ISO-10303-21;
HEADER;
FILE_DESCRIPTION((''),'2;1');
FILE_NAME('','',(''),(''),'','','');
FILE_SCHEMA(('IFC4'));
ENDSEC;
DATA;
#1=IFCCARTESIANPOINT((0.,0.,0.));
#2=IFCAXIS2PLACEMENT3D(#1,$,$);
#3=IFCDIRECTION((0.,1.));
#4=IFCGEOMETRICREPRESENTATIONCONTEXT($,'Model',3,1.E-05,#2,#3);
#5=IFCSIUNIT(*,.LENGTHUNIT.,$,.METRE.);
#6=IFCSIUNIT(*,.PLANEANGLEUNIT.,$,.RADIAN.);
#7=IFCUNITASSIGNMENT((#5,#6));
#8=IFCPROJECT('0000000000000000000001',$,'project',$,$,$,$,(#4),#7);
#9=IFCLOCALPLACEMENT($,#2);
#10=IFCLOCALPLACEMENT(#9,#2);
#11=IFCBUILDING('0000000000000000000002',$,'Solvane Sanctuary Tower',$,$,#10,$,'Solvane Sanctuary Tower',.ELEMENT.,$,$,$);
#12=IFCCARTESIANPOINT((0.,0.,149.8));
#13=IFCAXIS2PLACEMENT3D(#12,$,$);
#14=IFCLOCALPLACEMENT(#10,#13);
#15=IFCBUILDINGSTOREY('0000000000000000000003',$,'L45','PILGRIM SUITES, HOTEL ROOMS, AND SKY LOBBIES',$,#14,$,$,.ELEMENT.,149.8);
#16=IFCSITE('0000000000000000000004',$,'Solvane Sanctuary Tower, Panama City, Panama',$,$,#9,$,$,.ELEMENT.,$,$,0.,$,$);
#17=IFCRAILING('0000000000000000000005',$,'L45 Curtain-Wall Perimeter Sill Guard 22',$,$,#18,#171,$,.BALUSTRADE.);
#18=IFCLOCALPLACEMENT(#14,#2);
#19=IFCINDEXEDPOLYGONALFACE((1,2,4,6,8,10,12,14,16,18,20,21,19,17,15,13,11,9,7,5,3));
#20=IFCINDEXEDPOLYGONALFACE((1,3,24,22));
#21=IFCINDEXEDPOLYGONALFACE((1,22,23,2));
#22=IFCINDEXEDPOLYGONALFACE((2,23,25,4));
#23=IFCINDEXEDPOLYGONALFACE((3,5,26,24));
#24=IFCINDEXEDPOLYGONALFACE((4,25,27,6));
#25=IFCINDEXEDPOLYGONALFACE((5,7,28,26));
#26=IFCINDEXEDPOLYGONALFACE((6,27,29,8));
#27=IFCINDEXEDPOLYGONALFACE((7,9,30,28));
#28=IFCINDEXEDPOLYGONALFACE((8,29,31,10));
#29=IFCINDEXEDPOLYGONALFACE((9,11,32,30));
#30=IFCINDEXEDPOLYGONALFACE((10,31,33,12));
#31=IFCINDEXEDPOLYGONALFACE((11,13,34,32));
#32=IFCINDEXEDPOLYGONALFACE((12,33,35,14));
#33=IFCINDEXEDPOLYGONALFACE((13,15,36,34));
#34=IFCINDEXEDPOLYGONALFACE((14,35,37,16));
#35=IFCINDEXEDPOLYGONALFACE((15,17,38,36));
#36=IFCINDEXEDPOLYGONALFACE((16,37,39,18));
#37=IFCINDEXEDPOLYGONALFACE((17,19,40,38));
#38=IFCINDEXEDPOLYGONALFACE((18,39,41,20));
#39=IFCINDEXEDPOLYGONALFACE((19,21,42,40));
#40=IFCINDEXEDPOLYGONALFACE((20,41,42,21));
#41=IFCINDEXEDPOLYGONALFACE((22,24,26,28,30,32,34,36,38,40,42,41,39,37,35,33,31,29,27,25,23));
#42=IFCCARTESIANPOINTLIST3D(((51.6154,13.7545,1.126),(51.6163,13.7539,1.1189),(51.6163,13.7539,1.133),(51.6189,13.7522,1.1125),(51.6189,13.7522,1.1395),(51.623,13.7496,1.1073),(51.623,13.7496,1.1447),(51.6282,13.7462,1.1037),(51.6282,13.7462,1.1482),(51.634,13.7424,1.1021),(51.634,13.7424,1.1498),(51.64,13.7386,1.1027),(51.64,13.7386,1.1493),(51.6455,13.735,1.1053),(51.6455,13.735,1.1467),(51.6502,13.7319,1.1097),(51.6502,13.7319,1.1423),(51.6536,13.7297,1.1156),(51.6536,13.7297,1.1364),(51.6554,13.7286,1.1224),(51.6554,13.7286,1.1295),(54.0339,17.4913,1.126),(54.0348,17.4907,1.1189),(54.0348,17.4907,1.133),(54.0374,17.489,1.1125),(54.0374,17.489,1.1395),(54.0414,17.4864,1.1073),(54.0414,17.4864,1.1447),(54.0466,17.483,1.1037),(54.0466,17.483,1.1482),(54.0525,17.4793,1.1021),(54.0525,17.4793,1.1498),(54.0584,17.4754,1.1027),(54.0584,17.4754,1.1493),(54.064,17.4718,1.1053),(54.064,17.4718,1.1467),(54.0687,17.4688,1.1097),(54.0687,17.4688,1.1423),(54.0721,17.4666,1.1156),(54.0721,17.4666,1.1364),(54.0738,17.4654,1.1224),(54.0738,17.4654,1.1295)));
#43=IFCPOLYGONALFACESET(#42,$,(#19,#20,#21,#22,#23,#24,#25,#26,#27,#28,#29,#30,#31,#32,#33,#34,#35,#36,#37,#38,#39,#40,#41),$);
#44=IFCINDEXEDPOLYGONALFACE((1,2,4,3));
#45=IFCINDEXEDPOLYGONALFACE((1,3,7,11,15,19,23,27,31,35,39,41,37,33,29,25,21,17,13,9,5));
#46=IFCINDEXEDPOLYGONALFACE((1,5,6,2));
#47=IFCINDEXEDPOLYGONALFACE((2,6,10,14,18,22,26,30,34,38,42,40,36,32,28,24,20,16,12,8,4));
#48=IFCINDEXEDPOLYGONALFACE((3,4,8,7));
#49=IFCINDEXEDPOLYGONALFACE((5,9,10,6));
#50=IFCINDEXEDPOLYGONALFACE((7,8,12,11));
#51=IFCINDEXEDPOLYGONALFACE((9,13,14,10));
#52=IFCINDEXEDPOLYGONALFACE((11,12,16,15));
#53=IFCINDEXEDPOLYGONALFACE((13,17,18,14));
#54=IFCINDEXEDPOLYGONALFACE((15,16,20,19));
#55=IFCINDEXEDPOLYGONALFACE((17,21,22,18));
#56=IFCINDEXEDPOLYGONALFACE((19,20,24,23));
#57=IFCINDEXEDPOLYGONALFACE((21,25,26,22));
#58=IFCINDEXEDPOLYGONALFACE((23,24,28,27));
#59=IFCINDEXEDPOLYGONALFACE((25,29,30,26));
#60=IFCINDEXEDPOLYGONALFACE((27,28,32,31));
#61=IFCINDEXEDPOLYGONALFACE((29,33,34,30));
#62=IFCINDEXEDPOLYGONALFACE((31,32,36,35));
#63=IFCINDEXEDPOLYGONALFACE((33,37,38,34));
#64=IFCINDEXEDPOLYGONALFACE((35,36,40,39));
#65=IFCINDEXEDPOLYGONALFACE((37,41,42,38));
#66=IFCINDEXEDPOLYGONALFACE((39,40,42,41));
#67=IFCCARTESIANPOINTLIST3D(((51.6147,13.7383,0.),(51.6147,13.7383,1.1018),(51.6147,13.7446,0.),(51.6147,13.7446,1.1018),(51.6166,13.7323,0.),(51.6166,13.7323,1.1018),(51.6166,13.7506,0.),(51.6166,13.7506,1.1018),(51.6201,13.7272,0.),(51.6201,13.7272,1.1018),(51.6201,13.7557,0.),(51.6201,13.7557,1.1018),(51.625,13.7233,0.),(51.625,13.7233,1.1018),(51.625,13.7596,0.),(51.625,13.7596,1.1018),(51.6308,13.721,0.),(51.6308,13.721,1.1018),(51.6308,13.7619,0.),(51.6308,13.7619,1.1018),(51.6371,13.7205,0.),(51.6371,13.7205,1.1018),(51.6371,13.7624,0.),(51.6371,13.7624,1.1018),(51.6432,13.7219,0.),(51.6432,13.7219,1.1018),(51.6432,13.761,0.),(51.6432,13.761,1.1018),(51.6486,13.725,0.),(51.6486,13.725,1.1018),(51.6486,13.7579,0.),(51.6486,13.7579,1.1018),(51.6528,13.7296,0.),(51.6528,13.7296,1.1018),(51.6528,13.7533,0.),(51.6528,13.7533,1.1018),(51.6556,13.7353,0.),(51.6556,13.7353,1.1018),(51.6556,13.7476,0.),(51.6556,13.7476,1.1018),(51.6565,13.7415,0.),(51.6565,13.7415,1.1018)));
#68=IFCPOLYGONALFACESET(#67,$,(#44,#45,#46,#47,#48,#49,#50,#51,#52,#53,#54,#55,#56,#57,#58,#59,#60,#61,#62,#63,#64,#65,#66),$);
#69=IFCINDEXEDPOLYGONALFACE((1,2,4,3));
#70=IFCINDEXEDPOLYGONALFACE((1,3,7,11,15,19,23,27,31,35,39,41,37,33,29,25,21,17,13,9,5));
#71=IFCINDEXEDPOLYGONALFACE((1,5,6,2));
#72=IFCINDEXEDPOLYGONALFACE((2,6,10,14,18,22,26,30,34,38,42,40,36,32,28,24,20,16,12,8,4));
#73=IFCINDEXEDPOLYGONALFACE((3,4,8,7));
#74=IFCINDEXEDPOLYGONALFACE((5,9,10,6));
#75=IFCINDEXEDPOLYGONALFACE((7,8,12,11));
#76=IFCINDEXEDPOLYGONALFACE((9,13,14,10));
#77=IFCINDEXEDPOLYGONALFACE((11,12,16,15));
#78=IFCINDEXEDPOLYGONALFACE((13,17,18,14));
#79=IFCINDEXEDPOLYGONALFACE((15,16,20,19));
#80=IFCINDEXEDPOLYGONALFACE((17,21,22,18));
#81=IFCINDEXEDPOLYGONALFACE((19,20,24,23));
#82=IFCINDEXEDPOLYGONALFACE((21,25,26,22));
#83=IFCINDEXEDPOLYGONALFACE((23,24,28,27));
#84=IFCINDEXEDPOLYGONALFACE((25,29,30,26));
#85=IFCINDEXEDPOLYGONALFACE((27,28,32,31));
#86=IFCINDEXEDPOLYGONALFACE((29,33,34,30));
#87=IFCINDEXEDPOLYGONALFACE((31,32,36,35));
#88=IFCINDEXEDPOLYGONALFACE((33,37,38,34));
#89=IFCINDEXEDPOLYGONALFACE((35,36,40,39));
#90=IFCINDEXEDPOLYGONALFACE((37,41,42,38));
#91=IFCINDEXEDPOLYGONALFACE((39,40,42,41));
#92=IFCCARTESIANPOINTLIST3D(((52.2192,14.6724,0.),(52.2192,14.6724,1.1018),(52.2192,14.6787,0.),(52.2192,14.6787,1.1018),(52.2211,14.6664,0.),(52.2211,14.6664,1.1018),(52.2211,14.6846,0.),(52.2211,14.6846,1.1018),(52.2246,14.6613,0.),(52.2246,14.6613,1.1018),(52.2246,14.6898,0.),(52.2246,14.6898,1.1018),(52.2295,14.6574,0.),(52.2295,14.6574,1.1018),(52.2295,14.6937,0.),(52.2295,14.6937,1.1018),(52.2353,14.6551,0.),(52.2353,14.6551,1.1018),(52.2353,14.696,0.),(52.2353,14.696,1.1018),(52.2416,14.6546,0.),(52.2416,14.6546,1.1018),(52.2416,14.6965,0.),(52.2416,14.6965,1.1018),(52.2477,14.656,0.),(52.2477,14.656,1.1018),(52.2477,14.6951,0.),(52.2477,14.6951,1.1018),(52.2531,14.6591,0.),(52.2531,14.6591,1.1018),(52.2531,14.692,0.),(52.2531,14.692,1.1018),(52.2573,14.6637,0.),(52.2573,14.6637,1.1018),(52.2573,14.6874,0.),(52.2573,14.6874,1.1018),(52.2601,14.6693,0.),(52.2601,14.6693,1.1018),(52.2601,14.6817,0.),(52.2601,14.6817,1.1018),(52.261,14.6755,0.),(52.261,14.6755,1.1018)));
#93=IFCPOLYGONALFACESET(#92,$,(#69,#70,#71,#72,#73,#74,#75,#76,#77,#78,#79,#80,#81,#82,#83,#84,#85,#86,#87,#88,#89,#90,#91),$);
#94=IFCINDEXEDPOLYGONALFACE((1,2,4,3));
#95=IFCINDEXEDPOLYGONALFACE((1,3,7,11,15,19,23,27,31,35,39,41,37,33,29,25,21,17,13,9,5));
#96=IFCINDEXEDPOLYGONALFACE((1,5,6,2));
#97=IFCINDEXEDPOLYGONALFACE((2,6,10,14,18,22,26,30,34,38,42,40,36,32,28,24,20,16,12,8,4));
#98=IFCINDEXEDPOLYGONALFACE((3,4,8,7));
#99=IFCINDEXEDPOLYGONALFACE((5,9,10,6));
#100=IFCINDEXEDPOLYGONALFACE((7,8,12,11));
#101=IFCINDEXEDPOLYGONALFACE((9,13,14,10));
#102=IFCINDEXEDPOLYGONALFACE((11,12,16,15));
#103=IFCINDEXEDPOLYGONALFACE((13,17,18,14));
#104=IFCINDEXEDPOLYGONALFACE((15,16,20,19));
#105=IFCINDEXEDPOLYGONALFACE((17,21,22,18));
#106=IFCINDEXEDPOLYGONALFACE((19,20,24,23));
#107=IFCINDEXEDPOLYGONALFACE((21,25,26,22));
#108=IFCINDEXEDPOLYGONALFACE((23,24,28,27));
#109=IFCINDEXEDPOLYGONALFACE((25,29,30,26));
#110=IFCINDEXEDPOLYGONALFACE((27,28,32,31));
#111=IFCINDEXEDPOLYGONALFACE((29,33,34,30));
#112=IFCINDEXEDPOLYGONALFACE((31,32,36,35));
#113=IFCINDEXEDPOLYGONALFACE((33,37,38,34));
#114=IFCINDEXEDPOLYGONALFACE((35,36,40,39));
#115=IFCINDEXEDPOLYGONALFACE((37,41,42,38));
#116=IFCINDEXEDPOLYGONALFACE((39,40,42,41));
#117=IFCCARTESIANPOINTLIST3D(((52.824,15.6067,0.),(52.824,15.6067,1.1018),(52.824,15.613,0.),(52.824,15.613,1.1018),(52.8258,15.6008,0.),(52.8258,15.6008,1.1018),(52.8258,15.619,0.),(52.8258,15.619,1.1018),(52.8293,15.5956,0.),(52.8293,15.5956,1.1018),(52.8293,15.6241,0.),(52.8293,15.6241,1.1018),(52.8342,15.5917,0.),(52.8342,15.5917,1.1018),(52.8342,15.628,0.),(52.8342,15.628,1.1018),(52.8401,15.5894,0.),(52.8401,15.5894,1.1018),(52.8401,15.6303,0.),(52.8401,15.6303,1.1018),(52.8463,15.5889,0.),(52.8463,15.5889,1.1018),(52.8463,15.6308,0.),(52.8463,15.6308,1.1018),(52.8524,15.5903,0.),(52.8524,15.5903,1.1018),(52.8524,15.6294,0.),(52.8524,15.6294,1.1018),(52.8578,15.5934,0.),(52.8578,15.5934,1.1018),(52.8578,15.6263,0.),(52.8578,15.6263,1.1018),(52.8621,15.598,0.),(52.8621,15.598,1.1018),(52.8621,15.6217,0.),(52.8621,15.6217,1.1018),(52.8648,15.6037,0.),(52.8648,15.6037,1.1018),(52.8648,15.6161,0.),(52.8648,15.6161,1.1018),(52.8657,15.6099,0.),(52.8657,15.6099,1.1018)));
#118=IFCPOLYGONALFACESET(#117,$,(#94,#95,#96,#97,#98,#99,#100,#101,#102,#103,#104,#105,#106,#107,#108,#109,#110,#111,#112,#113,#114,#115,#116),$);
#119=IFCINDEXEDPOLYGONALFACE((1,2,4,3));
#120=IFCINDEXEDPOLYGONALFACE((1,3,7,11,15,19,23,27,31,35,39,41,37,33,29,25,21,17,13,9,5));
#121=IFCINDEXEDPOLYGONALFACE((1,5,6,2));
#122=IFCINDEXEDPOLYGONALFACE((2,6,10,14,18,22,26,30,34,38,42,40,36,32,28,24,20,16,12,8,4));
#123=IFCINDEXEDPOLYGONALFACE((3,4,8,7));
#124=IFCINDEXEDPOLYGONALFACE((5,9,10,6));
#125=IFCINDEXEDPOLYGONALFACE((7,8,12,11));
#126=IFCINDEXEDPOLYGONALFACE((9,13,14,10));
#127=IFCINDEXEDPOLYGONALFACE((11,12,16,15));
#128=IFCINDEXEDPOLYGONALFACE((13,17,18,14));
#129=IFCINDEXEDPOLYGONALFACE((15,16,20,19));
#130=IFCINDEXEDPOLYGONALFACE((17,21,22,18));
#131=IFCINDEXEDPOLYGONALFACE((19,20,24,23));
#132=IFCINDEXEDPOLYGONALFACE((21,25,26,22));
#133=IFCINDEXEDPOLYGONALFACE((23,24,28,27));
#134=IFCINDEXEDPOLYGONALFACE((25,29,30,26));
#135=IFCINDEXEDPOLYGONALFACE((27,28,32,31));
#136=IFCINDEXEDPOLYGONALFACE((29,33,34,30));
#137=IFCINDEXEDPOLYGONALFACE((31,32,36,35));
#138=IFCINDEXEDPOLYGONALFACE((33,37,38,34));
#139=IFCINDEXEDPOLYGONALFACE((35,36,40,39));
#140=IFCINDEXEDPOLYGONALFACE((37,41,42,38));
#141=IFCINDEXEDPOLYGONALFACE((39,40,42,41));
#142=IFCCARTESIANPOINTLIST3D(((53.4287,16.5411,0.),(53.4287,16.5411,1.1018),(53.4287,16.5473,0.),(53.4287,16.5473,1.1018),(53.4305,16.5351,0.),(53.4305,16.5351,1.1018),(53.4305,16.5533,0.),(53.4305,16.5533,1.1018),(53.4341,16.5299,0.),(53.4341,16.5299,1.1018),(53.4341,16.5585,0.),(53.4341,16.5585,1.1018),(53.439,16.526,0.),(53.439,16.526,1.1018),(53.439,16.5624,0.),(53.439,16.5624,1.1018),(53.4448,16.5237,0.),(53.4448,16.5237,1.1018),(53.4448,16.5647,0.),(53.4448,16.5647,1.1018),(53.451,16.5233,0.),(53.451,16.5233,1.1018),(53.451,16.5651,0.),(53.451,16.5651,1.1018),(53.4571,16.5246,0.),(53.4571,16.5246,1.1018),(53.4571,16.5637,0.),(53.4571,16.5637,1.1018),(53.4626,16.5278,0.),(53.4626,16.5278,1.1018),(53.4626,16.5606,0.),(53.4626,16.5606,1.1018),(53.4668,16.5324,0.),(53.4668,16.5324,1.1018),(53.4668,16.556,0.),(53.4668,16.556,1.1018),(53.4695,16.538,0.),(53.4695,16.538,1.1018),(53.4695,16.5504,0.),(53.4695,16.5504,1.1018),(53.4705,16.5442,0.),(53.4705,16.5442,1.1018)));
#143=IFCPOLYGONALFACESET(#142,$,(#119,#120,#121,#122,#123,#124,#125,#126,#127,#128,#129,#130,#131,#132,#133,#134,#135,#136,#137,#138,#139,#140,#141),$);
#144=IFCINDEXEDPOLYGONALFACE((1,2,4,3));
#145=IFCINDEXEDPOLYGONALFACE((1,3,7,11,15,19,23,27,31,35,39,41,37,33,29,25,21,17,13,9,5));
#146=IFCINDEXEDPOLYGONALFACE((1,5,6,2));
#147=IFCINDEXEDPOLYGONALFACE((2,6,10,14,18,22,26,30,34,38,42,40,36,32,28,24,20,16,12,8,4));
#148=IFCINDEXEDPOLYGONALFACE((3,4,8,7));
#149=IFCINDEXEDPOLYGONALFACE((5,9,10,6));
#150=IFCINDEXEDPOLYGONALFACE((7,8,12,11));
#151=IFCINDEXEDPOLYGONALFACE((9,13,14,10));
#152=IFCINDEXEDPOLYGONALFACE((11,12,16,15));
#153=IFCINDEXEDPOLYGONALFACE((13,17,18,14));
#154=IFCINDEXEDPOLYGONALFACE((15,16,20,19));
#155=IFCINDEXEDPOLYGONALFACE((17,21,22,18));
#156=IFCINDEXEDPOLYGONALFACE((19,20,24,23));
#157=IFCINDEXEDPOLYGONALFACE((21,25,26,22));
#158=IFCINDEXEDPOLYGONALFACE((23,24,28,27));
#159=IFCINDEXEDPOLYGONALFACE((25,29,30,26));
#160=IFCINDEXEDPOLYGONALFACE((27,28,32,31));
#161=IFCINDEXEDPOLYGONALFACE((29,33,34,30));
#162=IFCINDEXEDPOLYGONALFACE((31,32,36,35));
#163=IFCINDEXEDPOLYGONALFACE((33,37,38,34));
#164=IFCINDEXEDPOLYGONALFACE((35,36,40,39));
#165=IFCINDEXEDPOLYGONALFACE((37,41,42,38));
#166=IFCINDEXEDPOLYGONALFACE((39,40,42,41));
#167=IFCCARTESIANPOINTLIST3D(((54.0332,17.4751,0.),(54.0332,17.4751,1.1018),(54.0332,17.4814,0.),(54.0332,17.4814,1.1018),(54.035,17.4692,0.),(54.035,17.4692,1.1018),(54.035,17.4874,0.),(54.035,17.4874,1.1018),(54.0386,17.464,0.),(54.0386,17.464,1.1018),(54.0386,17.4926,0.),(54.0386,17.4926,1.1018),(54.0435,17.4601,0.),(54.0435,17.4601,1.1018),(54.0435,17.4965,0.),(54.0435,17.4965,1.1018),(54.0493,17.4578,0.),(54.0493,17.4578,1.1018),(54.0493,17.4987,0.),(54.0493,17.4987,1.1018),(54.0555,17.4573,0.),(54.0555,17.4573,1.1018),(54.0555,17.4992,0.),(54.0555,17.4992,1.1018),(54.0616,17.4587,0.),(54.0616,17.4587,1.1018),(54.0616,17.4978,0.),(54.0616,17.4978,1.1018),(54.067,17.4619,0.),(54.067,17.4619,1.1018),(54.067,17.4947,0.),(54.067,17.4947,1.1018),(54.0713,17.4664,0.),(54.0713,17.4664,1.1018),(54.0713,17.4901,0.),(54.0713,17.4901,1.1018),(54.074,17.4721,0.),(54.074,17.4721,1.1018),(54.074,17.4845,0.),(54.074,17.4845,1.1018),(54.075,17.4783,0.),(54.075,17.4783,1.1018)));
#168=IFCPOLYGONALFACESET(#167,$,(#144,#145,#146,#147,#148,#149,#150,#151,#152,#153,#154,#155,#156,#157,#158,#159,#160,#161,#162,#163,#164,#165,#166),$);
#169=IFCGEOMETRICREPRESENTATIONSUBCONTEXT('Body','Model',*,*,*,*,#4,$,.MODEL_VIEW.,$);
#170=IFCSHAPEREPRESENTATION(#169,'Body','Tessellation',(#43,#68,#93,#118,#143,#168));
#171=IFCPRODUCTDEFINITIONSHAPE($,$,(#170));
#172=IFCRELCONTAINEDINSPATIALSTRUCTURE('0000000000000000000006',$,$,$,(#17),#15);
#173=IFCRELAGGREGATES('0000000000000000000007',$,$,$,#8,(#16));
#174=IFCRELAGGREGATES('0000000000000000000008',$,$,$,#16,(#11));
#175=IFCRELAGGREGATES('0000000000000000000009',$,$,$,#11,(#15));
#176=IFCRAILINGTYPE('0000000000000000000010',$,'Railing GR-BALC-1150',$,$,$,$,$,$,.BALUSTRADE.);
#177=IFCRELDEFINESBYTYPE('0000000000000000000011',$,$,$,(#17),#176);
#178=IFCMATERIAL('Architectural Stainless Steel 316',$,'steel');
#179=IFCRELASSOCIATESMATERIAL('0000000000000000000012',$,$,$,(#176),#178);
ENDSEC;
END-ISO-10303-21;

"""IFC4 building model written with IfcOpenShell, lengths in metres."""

from ifc_helpers import new_model, si_unit, direction, frame, origin, origin_2d, place, context, subcontext, project, spatial, circle, extrude, material, type_object, element, save


model = new_model("IFC4")

# Units and contexts
model_context = context("Model", 3, precision=1e-05, world=origin(), true_north=direction((0.0, 1.0)))
body_context = subcontext(model_context, "Body", "Model", "MODEL_VIEW")
ifc_project = project(units=[si_unit("LENGTHUNIT", "METRE"), si_unit("PLANEANGLEUNIT", "RADIAN")], contexts=[model_context])

# Site, building, storey
site_placement = place(None, origin())
site = spatial("IfcSite", under=ifc_project, at=site_placement, Name="Solvane Sanctuary Tower, Panama City, Panama", CompositionType="ELEMENT", RefElevation=0.0)
building_placement = place(site_placement, origin())
building = spatial("IfcBuilding", under=site, at=building_placement, Name="Solvane Sanctuary Tower", LongName="Solvane Sanctuary Tower", CompositionType="ELEMENT")
storey_placement = place(building_placement, frame((0.0, 0.0, 149.8)))
storey = spatial("IfcBuildingStorey", under=building, at=storey_placement, Name="L45", Description="PILGRIM SUITES, HOTEL ROOMS, AND SKY LOBBIES", CompositionType="ELEMENT", Elevation=149.8)

# Railing
ifc_material_1 = material(Name="Architectural Stainless Steel 316", Category="steel")
railing_type = type_object("IfcRailingType", Name="Railing GR-BALC-1150", PredefinedType="BALUSTRADE", material=ifc_material_1)
railing_placement = place(storey_placement, frame((51.6355, 13.7415, 0.0)))
element("IfcRailing", 1, at=railing_placement, inside=storey, type_object=railing_type, Name="L45 Curtain-Wall Perimeter Sill Guard 22", PredefinedType="BALUSTRADE", context=body_context, shape_type="SweptSolid", body=[
    extrude(circle(Radius=0.0239, at=origin_2d()), frame((0.0, 0.0, 1.126), z_axis=(0.543333, 0.839517, 0.0), x_axis=(-0.839517, 0.543333, 0.0)), (0.0, 0.0, 1.0), 4.4512),
    extrude(circle(Radius=0.021, at=origin_2d()), origin(), (0.0, 0.0, 1.0), 1.1018),
    extrude(circle(Radius=0.021, at=origin_2d()), frame((0.6045, 0.9341, 0.0)), (0.0, 0.0, 1.0), 1.1018),
    extrude(circle(Radius=0.021, at=origin_2d()), frame((1.2092, 1.8684, 0.0)), (0.0, 0.0, 1.0), 1.1018),
    extrude(circle(Radius=0.021, at=origin_2d()), frame((1.814, 2.8027, 0.0)), (0.0, 0.0, 1.0), 1.1018),
    extrude(circle(Radius=0.021, at=origin_2d()), frame((2.4185, 3.7368, 0.0)), (0.0, 0.0, 1.0), 1.1018),
])

save(model, "model.ifc")
